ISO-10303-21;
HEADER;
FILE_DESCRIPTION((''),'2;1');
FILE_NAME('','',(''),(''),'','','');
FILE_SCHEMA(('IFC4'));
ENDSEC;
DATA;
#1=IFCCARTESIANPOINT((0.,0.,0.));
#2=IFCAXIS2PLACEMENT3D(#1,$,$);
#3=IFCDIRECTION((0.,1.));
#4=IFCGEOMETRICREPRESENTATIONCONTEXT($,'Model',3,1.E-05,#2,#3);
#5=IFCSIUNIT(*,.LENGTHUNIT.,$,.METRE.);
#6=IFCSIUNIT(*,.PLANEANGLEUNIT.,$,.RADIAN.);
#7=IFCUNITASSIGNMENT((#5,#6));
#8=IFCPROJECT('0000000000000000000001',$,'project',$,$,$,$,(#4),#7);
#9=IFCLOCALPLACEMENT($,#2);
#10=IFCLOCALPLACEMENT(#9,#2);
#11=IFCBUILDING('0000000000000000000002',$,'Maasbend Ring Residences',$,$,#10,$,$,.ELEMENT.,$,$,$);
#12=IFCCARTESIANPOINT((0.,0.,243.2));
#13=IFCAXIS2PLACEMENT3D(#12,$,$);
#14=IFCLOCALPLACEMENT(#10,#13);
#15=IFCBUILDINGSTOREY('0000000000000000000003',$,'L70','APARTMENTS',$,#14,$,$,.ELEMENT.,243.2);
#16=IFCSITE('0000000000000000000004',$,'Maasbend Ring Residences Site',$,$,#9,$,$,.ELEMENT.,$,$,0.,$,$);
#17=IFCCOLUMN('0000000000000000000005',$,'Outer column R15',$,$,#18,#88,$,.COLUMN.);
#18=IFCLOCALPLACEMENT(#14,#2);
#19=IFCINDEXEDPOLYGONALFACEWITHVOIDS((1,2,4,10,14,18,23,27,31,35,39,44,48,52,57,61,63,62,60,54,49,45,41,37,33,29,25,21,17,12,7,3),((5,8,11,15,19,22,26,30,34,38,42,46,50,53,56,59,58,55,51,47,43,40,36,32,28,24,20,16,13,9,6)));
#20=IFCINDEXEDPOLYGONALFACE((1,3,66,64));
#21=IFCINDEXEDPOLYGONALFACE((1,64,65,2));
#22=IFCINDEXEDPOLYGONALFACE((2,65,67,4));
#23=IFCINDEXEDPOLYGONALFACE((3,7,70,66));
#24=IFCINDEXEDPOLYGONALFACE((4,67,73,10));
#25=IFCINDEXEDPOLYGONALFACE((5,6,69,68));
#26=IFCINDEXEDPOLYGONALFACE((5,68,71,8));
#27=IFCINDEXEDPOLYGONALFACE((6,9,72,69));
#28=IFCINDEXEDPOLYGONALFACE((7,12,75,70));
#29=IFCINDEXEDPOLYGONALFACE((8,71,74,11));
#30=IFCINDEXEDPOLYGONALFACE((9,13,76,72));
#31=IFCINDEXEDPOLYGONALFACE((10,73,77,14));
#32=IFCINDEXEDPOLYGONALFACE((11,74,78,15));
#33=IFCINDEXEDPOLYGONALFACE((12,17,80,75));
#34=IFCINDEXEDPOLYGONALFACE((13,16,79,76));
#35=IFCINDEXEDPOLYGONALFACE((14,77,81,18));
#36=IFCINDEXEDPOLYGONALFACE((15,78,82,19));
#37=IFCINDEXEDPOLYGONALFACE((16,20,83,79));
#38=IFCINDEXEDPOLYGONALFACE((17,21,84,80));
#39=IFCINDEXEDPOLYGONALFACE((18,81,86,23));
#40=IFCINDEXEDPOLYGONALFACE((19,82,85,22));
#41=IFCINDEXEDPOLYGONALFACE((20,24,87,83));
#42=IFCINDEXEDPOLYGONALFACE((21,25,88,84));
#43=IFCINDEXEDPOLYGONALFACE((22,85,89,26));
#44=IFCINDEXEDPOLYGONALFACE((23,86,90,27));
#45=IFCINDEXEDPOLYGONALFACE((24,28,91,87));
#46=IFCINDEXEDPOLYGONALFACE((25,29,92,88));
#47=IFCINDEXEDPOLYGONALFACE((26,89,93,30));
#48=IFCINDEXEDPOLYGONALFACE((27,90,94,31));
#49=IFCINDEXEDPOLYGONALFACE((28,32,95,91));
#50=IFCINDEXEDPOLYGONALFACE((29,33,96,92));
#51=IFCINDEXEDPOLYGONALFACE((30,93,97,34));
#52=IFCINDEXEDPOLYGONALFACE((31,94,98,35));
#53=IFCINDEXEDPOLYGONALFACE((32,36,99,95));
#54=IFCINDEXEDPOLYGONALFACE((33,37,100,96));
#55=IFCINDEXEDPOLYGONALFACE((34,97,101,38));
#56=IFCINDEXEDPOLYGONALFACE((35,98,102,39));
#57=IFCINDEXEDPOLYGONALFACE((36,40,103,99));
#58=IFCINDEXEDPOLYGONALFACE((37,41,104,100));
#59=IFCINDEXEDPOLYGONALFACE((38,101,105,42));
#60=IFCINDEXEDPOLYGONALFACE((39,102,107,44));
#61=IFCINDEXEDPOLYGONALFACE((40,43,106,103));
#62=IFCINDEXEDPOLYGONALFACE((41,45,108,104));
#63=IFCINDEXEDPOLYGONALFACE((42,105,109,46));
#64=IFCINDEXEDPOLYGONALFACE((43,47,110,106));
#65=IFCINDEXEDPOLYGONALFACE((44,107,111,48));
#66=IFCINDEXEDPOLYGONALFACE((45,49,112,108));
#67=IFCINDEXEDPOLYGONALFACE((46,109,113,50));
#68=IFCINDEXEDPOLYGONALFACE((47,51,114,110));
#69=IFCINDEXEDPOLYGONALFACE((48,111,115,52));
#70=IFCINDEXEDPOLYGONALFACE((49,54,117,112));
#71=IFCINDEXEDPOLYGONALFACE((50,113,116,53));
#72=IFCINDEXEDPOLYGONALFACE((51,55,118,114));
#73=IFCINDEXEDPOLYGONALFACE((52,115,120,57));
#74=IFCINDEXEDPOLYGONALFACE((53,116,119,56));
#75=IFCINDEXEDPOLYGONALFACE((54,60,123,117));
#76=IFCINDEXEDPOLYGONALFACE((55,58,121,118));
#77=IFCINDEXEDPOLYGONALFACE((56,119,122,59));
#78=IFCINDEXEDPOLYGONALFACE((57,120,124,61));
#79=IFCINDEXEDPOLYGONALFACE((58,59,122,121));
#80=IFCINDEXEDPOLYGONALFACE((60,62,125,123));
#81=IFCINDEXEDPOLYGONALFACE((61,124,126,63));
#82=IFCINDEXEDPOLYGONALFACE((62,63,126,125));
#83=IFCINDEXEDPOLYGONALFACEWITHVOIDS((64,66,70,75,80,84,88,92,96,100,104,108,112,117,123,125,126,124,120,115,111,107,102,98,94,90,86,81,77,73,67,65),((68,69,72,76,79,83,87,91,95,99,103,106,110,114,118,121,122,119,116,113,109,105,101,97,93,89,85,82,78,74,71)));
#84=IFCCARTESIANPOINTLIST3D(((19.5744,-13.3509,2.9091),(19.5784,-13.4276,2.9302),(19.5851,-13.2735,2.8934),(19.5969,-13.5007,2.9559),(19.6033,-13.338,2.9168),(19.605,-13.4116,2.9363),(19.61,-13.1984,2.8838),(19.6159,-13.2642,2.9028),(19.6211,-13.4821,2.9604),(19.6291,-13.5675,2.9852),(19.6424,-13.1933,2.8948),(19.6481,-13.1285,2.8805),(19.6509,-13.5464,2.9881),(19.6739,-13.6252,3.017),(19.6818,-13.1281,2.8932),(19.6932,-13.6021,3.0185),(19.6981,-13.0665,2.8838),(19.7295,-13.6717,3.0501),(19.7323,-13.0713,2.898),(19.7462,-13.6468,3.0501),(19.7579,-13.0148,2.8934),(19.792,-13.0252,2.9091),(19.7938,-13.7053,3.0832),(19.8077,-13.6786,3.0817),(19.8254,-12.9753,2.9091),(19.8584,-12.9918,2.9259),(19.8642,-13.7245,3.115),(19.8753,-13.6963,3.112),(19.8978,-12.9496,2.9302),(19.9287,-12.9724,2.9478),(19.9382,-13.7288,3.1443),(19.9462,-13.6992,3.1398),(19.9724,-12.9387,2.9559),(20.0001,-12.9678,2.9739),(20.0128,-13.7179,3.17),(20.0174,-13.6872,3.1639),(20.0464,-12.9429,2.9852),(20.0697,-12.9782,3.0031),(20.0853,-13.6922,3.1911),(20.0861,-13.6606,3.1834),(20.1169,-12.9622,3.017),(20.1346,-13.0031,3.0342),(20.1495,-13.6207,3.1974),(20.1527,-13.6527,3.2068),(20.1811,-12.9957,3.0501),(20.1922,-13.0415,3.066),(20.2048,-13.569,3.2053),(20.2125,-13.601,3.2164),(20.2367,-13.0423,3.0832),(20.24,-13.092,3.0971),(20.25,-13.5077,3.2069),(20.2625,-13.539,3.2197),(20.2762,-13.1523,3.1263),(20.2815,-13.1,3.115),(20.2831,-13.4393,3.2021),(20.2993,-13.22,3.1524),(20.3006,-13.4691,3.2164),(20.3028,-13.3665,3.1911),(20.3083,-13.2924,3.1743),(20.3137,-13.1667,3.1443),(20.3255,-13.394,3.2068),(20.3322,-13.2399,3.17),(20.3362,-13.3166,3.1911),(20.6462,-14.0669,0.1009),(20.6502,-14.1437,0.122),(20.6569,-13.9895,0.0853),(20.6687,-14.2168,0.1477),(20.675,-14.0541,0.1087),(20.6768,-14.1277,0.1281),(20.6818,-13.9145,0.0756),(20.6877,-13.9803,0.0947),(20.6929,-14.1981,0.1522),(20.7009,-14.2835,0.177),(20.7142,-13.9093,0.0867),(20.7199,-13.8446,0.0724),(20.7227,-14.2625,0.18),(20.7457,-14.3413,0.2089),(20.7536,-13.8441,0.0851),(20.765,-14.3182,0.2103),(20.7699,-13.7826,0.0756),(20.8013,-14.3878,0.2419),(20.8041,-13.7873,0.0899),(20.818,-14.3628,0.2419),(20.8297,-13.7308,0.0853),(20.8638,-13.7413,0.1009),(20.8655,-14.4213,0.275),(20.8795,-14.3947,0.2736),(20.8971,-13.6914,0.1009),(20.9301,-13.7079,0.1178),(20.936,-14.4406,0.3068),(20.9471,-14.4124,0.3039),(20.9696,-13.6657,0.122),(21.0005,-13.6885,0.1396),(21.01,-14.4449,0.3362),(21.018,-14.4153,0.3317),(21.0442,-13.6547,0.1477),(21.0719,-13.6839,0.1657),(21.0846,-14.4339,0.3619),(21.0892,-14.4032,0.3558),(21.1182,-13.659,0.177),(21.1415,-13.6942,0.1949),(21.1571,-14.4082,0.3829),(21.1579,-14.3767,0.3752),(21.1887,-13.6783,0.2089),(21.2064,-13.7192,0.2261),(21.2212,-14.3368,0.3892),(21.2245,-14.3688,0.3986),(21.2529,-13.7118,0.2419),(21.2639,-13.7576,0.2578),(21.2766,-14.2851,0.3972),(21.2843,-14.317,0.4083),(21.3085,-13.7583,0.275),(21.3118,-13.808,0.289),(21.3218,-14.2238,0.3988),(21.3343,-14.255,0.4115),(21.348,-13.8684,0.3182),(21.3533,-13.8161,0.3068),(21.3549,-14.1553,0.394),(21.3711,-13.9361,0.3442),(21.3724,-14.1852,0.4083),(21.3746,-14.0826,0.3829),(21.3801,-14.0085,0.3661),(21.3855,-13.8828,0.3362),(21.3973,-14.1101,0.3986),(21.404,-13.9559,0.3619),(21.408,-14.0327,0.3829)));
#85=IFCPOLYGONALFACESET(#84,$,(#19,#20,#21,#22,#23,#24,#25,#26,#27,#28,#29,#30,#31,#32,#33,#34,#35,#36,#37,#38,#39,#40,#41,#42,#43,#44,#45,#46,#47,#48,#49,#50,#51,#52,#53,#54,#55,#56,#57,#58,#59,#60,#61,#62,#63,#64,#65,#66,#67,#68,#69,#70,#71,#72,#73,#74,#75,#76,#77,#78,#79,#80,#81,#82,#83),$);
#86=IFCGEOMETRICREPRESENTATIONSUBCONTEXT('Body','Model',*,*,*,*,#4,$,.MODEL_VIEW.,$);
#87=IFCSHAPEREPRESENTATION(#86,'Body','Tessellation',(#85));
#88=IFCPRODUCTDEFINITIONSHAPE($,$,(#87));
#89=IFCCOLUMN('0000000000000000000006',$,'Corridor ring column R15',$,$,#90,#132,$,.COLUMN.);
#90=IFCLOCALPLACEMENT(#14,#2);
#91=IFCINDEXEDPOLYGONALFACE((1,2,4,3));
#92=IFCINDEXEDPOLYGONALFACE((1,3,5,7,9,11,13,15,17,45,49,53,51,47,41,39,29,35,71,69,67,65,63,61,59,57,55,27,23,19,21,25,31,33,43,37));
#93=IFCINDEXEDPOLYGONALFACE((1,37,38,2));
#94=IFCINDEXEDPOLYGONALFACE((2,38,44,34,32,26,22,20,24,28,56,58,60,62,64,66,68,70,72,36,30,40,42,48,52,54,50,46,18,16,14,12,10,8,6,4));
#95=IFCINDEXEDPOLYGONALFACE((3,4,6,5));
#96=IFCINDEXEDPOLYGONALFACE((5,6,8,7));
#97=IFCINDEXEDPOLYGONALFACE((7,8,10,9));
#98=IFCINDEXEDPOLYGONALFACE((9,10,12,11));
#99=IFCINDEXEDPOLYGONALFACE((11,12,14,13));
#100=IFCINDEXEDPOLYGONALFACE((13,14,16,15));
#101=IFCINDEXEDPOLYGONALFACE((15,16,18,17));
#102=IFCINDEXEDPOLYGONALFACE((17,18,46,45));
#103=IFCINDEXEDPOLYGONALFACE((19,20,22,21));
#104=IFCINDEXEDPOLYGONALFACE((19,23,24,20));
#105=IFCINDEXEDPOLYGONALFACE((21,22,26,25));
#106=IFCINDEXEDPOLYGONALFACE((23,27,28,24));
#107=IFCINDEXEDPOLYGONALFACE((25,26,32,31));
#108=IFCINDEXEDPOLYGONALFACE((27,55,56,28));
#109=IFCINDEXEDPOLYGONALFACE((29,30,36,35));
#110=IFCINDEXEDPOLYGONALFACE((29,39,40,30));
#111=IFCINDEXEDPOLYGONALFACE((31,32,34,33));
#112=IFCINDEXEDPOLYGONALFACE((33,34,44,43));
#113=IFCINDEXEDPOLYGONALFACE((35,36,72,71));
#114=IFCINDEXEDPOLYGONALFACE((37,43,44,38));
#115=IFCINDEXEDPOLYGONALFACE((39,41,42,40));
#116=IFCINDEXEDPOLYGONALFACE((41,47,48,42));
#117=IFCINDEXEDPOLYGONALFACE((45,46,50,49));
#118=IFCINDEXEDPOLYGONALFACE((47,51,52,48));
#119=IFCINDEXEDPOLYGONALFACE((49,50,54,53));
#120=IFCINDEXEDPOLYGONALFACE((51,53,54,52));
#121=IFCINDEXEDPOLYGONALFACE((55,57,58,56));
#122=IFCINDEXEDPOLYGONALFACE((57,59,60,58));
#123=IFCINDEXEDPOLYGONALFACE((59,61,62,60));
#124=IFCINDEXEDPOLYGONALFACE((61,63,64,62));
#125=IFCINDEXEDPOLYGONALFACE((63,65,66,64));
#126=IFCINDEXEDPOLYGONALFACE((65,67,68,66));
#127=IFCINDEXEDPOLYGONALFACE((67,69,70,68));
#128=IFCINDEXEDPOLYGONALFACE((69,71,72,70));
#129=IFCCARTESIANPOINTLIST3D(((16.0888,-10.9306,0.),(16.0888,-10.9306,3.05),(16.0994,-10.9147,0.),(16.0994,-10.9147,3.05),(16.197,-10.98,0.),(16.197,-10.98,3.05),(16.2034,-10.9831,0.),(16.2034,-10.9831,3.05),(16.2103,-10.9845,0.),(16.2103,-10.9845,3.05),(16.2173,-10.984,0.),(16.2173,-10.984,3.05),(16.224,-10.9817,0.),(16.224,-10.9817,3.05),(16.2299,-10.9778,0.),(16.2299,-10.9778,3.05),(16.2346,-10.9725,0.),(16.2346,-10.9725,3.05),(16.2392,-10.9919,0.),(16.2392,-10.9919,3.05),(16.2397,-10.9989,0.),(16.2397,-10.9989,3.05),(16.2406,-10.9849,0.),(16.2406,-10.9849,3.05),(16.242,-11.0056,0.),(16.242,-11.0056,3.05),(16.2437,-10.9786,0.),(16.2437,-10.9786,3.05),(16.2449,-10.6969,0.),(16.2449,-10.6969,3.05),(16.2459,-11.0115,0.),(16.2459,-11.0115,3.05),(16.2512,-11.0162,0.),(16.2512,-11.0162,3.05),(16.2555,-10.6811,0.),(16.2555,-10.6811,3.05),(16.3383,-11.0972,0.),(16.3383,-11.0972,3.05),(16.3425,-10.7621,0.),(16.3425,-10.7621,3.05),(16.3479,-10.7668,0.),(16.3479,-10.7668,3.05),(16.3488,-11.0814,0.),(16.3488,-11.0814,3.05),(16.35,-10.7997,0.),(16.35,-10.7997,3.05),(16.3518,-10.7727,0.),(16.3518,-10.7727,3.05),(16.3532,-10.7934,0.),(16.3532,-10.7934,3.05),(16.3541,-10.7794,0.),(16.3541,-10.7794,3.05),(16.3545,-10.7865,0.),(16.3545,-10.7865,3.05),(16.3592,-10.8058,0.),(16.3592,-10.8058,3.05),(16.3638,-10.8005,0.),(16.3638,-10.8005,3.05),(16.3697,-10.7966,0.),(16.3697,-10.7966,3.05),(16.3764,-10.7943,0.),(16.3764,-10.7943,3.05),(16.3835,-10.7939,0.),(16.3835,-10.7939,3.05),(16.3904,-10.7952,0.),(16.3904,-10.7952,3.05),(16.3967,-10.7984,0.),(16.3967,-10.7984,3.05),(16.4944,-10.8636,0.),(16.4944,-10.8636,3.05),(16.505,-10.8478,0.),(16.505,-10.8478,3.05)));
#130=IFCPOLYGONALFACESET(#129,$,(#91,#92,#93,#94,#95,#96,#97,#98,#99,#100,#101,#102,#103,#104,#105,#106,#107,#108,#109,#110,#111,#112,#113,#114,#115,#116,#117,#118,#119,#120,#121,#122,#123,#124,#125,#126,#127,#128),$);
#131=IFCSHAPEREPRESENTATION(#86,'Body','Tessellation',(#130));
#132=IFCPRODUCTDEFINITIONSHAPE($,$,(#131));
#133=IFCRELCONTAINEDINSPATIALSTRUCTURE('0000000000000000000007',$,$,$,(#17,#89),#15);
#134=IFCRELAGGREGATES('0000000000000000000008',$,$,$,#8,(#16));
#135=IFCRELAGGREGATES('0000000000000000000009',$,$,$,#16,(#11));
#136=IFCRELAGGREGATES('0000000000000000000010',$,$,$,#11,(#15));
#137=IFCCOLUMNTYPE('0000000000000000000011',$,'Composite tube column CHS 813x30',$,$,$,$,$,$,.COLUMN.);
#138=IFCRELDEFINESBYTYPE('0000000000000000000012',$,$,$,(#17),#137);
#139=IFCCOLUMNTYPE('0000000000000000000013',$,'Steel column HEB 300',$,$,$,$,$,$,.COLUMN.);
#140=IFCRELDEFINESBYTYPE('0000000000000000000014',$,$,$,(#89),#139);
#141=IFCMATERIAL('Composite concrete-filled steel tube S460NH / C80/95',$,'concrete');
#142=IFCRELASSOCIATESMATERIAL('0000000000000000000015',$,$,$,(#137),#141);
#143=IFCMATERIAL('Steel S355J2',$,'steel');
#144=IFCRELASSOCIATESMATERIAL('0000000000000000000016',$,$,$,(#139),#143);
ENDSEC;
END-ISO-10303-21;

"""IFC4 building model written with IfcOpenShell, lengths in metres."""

from ifc_helpers import new_model, si_unit, direction, frame, origin, origin_2d, place, context, subcontext, project, spatial, hollow_circle, i_section, extrude, material, material_profile, profile_set, type_object, element, save


model = new_model("IFC4")

# Units and contexts
model_context = context("Model", 3, precision=1e-05, world=origin(), true_north=direction((0.0, 1.0)))
body_context = subcontext(model_context, "Body", "Model", "MODEL_VIEW")
ifc_project = project(units=[si_unit("LENGTHUNIT", "METRE"), si_unit("PLANEANGLEUNIT", "RADIAN")], contexts=[model_context])

# Site, building, storey
site_placement = place(None, origin())
site = spatial("IfcSite", under=ifc_project, at=site_placement, Name="Maasbend Ring Residences Site", CompositionType="ELEMENT", RefElevation=0.0)
building_placement = place(site_placement, origin())
building = spatial("IfcBuilding", under=site, at=building_placement, Name="Maasbend Ring Residences", CompositionType="ELEMENT")
storey_placement = place(building_placement, frame((0.0, 0.0, 243.2)))
storey = spatial("IfcBuildingStorey", under=building, at=storey_placement, Name="L70", Description="APARTMENTS", CompositionType="ELEMENT", Elevation=243.2)

# Columns
ifc_material_1 = material(Name="Composite concrete-filled steel tube S460NH / C80/95", Category="concrete")
ifc_material_profile_1 = material_profile(ifc_material_1, hollow_circle(Radius=0.4065, WallThickness=0.03, at=origin_2d()), Name="Composite tube column CHS 813x30")
ifc_profile_set_1 = profile_set([ifc_material_profile_1], Name="Composite concrete-filled steel tube S460NH / C80/95")
column_type_1 = type_object("IfcColumnType", Name="Composite tube column CHS 813x30", PredefinedType="COLUMN", material=ifc_profile_set_1)
column_1_placement = place(storey_placement, frame((21.0271, -14.0498, 0.2419), z_axis=(-0.346875, 0.23175, 0.908829), x_axis=(-0.55553, -0.831496, 0.0)))
element("IfcColumn", 1, at=column_1_placement, inside=storey, type_object=column_type_1, Name="Outer column R15", PredefinedType="COLUMN", context=body_context, shape_type="SweptSolid", body=[
    extrude(hollow_circle(Radius=0.4065, WallThickness=0.03, at=origin_2d()), origin(), (0.0, 0.0, 1.0), 3.0898),
])
ifc_material_2 = material(Name="Steel S355J2", Category="steel")
ifc_material_profile_2 = material_profile(ifc_material_2, i_section(OverallWidth=0.3, OverallDepth=0.3, WebThickness=0.011, FlangeThickness=0.019, FilletRadius=0.0271, at=origin_2d()), Name="HEB 300")
ifc_profile_set_2 = profile_set([ifc_material_profile_2], Name="Steel S355J2")
column_type_2 = type_object("IfcColumnType", Name="Steel column HEB 300", PredefinedType="COLUMN", material=ifc_profile_set_2)
column_2_placement = place(storey_placement, frame((16.2969, -10.8892, 0.0), z_axis=(0.0, 0.0, 1.0), x_axis=(0.83147, -0.55557, 0.0)))
element("IfcColumn", 2, at=column_2_placement, inside=storey, type_object=column_type_2, Name="Corridor ring column R15", PredefinedType="COLUMN", context=body_context, shape_type="SweptSolid", body=[
    extrude(i_section(OverallWidth=0.3, OverallDepth=0.3, WebThickness=0.011, FlangeThickness=0.019, FilletRadius=0.0271, at=origin_2d()), origin(), (0.0, 0.0, 1.0), 3.05),
])

save(model, "model.ifc")
